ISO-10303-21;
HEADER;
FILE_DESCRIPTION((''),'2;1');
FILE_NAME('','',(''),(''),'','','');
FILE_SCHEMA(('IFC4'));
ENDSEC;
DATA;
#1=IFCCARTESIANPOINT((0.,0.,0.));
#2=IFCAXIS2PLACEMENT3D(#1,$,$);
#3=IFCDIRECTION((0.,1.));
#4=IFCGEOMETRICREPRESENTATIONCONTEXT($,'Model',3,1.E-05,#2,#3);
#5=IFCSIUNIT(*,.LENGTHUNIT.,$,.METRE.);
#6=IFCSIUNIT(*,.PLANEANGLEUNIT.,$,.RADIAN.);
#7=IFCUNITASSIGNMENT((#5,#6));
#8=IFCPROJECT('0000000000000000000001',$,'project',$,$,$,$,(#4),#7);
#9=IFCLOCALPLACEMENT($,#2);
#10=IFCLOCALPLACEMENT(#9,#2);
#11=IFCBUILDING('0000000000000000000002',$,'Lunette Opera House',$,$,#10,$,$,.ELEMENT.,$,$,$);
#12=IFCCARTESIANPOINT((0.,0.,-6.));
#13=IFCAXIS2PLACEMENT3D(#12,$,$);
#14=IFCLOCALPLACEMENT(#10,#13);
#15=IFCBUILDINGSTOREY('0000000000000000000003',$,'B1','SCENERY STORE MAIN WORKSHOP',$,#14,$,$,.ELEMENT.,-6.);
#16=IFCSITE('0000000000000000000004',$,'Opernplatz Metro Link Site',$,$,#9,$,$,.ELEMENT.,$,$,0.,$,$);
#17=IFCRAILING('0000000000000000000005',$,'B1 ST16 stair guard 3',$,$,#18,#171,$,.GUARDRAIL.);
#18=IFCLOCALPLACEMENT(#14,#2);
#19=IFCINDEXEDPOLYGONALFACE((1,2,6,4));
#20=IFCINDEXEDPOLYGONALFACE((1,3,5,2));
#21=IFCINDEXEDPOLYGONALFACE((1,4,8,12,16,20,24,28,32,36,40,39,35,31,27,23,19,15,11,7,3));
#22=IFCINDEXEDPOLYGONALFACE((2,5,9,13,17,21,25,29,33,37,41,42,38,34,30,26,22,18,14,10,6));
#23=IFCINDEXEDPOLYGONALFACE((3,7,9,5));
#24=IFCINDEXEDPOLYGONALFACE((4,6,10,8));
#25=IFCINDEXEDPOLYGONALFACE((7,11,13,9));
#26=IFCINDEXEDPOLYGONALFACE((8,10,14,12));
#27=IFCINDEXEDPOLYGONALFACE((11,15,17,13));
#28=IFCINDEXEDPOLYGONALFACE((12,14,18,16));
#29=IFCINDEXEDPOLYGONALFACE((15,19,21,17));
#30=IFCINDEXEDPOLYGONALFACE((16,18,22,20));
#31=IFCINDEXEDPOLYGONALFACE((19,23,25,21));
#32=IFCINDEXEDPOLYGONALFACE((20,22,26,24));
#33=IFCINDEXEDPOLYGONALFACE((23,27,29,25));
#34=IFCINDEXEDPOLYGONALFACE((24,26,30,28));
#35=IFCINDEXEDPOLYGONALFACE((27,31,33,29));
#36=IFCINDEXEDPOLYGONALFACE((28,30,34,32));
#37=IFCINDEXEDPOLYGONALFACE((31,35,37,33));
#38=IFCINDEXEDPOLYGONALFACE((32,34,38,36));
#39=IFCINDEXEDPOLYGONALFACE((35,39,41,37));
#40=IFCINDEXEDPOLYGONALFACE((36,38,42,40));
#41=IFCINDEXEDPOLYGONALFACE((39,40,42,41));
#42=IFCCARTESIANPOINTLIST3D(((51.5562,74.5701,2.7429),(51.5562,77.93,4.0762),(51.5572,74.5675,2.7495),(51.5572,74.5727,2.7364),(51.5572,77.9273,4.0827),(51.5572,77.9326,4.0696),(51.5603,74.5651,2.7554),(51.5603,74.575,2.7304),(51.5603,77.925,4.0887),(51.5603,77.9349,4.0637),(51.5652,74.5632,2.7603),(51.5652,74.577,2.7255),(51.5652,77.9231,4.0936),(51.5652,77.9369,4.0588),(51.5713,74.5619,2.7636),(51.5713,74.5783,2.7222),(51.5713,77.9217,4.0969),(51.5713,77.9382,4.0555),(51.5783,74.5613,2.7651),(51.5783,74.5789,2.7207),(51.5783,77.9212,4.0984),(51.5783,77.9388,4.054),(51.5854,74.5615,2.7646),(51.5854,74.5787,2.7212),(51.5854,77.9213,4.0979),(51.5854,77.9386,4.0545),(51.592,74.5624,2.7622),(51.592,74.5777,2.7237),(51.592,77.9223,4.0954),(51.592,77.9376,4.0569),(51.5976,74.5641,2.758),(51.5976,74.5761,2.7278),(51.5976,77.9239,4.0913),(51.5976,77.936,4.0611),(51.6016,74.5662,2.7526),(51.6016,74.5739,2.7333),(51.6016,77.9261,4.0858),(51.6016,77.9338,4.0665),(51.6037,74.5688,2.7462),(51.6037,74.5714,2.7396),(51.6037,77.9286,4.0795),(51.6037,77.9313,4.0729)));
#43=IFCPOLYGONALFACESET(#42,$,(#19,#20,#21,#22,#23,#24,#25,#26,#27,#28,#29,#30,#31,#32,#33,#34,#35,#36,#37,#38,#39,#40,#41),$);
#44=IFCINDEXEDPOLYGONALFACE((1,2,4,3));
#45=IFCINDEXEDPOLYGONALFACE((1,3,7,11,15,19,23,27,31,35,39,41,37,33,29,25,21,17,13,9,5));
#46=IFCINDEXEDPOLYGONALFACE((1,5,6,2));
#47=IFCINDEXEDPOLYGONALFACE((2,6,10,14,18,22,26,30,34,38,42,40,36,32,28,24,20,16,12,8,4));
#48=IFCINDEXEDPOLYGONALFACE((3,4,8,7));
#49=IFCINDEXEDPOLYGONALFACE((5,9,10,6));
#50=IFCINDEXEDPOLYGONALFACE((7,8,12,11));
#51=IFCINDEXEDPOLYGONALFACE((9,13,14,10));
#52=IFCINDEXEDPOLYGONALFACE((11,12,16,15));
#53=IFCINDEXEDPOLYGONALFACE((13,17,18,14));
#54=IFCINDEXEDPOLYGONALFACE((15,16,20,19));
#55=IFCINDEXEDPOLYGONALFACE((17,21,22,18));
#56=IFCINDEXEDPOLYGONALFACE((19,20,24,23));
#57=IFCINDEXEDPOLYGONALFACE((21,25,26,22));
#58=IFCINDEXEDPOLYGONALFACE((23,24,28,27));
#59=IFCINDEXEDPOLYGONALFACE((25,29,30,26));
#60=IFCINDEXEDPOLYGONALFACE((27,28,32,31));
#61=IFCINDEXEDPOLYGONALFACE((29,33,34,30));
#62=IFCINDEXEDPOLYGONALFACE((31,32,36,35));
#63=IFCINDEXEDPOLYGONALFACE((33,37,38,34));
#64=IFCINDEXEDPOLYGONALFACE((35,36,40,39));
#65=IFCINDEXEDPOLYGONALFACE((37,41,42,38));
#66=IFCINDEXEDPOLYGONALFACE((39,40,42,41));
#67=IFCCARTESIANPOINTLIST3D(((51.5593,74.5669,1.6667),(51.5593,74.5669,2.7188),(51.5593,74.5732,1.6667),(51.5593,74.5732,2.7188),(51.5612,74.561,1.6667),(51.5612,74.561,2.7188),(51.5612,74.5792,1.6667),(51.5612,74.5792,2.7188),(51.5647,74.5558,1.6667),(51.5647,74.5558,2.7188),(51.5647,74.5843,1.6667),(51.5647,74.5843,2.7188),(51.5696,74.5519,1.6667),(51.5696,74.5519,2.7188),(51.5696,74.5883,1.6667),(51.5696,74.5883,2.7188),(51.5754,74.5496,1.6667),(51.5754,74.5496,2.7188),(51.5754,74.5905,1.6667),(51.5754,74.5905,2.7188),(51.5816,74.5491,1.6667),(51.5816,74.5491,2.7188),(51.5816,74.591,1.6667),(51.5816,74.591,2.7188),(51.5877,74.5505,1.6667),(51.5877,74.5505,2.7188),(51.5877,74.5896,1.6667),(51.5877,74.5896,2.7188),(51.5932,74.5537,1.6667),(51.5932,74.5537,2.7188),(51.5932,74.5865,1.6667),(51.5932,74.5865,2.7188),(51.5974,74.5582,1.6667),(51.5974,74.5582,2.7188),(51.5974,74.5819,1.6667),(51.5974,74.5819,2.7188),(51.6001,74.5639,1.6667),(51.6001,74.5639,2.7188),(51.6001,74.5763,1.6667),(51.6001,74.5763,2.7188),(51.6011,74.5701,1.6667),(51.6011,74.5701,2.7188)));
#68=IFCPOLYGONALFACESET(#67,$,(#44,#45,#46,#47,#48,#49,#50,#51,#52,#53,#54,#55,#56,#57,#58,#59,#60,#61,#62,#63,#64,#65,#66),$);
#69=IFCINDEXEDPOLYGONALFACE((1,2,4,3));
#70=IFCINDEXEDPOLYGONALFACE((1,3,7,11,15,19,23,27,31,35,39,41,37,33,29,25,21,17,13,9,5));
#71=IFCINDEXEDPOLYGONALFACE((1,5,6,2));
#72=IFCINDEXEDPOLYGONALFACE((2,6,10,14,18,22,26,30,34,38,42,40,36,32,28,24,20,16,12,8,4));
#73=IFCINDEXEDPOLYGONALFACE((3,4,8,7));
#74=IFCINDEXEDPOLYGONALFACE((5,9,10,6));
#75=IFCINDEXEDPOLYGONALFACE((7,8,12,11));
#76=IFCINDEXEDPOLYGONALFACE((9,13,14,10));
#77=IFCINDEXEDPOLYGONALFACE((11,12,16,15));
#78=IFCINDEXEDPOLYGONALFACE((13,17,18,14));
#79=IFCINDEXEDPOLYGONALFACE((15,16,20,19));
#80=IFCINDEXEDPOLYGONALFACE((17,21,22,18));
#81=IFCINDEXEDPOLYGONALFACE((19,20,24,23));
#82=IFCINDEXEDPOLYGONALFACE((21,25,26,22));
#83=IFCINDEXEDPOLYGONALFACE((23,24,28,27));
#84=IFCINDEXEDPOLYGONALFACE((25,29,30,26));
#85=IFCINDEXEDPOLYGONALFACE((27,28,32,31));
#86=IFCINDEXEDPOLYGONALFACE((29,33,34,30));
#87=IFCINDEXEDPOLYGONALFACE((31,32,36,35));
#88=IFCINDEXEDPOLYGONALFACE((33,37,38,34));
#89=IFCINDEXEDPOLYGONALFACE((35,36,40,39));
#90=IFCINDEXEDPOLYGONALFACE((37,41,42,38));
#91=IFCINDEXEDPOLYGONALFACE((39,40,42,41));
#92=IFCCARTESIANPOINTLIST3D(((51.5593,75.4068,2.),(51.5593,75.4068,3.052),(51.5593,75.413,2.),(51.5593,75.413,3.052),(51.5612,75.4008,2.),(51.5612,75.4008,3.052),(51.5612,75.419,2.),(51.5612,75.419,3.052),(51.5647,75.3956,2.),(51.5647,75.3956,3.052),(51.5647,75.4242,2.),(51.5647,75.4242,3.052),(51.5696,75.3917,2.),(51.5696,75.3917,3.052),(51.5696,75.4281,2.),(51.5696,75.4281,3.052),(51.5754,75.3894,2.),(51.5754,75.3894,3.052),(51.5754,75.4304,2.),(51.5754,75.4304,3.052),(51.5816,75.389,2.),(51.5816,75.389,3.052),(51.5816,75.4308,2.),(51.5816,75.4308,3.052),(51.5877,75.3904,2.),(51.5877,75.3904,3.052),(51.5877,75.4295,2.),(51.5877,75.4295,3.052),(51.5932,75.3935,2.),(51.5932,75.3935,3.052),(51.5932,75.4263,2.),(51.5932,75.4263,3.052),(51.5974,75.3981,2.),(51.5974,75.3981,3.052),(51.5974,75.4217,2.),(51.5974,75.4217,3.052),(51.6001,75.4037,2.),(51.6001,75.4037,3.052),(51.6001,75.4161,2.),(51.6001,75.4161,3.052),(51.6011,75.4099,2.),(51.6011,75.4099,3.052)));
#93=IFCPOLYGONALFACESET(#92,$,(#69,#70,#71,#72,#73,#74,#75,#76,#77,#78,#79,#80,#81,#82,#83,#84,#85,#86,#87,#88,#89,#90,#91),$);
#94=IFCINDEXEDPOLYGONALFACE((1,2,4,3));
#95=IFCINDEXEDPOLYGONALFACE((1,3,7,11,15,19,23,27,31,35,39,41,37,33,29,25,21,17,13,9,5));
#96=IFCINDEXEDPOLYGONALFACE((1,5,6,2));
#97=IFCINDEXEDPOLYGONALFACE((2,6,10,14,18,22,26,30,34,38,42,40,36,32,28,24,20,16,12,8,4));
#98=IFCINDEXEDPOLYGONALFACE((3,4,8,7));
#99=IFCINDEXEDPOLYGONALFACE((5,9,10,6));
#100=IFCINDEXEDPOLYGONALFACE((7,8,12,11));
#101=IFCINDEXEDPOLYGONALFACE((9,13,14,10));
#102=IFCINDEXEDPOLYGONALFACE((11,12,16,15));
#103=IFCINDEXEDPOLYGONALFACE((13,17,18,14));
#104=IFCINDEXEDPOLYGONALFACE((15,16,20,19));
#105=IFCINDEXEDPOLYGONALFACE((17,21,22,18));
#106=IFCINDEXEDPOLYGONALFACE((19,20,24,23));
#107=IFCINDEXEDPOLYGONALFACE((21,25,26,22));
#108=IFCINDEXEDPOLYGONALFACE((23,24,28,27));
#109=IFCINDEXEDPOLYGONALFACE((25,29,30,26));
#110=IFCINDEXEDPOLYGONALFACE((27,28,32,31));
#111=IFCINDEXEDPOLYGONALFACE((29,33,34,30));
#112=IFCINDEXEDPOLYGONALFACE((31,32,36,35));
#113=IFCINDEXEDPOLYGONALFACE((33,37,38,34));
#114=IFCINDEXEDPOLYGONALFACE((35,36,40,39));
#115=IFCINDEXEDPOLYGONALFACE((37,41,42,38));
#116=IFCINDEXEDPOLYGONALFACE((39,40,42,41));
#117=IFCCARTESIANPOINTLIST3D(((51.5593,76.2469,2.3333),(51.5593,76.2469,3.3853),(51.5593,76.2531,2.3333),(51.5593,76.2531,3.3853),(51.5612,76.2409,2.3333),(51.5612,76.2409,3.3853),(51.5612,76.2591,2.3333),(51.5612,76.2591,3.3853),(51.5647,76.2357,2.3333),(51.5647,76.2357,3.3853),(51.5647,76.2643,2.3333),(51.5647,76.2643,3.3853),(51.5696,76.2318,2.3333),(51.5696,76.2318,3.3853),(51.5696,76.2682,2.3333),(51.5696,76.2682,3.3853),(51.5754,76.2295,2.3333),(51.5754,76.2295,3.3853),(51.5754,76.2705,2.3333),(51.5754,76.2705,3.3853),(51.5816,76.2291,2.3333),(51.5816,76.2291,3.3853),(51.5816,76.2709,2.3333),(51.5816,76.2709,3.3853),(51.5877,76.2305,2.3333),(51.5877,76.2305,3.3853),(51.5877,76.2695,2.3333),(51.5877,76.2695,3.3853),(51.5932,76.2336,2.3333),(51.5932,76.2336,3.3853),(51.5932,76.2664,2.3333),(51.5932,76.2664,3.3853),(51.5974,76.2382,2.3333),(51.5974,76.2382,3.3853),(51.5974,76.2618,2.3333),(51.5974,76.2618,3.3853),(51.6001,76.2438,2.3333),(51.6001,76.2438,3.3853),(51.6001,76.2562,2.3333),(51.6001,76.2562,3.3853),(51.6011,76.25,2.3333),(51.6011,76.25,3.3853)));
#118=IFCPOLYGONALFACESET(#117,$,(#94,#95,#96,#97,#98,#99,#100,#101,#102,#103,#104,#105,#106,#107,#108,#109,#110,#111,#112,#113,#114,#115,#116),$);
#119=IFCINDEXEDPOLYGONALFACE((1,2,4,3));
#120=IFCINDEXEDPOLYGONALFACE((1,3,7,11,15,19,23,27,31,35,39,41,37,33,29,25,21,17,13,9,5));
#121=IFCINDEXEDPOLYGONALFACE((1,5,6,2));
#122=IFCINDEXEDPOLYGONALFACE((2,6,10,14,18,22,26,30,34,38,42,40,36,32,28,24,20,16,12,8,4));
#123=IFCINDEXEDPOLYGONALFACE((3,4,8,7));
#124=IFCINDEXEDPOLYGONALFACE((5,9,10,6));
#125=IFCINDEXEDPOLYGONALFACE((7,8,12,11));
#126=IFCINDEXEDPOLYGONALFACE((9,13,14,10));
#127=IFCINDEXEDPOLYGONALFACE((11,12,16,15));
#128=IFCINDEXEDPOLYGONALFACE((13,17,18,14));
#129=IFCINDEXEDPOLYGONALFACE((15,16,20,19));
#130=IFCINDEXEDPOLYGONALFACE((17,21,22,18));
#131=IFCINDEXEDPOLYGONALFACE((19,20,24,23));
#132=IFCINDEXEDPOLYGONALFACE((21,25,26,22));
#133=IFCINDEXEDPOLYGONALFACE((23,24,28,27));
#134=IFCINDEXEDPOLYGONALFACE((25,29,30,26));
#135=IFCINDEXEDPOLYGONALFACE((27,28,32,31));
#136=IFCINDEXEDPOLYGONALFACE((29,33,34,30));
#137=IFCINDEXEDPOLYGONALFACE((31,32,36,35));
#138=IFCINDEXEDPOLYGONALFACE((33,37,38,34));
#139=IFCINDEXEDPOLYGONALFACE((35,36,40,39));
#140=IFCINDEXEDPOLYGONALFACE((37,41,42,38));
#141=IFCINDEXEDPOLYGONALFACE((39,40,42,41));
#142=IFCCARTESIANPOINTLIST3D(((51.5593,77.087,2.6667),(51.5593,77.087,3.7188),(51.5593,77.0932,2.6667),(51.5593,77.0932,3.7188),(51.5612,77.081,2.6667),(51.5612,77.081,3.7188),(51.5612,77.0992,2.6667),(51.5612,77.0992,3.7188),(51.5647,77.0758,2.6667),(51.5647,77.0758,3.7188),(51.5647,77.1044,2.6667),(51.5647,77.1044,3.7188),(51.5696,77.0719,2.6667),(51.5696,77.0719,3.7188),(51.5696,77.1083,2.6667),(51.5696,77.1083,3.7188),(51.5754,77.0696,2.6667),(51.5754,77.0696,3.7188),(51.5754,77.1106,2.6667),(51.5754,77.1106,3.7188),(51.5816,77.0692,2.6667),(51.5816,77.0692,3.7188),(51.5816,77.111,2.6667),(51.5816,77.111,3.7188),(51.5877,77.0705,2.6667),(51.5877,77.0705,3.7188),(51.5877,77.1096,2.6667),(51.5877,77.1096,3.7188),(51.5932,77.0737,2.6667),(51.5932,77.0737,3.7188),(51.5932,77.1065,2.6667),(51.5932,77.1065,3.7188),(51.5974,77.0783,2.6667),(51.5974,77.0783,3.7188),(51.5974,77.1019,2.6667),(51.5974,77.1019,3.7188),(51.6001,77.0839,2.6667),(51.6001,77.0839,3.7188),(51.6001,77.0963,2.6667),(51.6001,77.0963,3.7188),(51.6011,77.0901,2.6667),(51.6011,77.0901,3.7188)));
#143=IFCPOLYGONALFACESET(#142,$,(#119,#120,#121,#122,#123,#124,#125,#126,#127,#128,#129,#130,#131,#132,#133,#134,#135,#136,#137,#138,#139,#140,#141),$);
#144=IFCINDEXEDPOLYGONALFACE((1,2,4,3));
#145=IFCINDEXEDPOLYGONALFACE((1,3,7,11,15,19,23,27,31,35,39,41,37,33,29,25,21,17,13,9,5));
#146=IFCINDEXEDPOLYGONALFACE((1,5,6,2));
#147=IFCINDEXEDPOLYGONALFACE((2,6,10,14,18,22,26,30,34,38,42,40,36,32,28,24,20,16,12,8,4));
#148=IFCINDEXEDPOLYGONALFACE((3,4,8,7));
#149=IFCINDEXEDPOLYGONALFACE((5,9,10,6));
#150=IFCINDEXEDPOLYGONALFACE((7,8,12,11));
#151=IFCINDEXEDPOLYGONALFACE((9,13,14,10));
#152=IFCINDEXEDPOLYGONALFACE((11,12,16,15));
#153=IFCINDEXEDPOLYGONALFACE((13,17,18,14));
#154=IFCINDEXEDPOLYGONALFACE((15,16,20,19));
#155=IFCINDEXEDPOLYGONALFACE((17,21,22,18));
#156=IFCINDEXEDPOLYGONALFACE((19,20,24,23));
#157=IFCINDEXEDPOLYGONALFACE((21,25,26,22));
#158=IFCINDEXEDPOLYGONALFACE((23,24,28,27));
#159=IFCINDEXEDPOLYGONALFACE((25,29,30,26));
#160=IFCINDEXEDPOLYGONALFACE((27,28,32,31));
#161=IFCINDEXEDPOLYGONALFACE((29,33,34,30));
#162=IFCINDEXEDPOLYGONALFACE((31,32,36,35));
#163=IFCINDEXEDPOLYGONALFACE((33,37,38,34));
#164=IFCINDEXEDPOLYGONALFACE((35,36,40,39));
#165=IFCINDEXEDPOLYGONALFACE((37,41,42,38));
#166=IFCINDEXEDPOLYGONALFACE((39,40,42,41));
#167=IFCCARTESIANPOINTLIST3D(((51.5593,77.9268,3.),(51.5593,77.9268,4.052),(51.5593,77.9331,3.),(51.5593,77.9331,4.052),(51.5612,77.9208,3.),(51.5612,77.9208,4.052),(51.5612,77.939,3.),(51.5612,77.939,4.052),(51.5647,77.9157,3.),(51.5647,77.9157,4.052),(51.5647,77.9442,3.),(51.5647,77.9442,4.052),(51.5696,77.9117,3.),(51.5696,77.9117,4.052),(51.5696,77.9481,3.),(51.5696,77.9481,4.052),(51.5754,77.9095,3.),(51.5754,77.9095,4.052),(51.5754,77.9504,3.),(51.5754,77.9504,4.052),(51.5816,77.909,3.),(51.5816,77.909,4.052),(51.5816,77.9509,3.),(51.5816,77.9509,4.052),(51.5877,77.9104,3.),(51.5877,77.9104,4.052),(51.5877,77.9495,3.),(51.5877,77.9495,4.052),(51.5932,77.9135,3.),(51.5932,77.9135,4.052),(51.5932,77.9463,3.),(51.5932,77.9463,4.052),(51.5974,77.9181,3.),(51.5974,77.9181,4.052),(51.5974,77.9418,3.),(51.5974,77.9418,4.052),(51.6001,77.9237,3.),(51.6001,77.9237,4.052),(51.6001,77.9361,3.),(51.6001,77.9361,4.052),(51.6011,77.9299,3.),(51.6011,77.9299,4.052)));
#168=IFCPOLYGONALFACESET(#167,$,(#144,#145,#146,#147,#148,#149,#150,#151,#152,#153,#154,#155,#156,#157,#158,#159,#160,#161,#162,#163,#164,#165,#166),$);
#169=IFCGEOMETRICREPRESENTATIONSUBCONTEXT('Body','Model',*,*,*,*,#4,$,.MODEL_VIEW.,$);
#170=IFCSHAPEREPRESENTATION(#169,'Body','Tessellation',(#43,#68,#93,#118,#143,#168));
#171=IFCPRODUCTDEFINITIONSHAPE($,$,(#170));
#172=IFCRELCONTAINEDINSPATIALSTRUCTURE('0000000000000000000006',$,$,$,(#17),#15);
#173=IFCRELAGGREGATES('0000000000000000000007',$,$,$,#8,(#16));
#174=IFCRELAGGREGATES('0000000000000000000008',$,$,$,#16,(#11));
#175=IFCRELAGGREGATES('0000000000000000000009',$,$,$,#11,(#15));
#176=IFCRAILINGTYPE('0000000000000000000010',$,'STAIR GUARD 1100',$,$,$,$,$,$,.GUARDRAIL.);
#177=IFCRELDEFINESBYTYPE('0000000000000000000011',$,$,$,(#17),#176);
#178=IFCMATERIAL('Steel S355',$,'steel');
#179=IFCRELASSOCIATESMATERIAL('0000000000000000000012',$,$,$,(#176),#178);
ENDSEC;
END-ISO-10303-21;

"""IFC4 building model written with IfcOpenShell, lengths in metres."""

from ifc_helpers import new_model, si_unit, direction, frame, origin, origin_2d, place, context, subcontext, project, spatial, circle, extrude, material, type_object, element, save


model = new_model("IFC4")

# Units and contexts
model_context = context("Model", 3, precision=1e-05, world=origin(), true_north=direction((0.0, 1.0)))
body_context = subcontext(model_context, "Body", "Model", "MODEL_VIEW")
ifc_project = project(units=[si_unit("LENGTHUNIT", "METRE"), si_unit("PLANEANGLEUNIT", "RADIAN")], contexts=[model_context])

# Site, building, storey
site_placement = place(None, origin())
site = spatial("IfcSite", under=ifc_project, at=site_placement, Name="Opernplatz Metro Link Site", CompositionType="ELEMENT", RefElevation=0.0)
building_placement = place(site_placement, origin())
building = spatial("IfcBuilding", under=site, at=building_placement, Name="Lunette Opera House", CompositionType="ELEMENT")
storey_placement = place(building_placement, frame((0.0, 0.0, -6.0)))
storey = spatial("IfcBuildingStorey", under=building, at=storey_placement, Name="B1", Description="SCENERY STORE MAIN WORKSHOP", CompositionType="ELEMENT", Elevation=-6.0)

# Railing
ifc_material_1 = material(Name="Steel S355", Category="steel")
railing_type_1 = type_object("IfcRailingType", Name="STAIR GUARD 1100", PredefinedType="GUARDRAIL", material=ifc_material_1)
railing_1_placement = place(storey_placement, frame((51.5801, 74.5701, 1.6667)))
element("IfcRailing", 1, at=railing_1_placement, inside=storey, type_object=railing_type_1, Name="B1 ST16 stair guard 3", PredefinedType="GUARDRAIL", context=body_context, shape_type="SweptSolid", body=[
    extrude(circle(Radius=0.0239, at=origin_2d()), frame((0.0, 0.0, 1.0762), z_axis=(0.0, 0.929493, 0.368839), x_axis=(-1.0, 0.0, 0.0)), (0.0, 0.0, 1.0), 3.6147),
    extrude(circle(Radius=0.021, at=origin_2d()), origin(), (0.0, 0.0, 1.0), 1.052),
    extrude(circle(Radius=0.021, at=origin_2d()), frame((0.0, 0.8398, 0.3333)), (0.0, 0.0, 1.0), 1.052),
    extrude(circle(Radius=0.021, at=origin_2d()), frame((0.0, 1.6799, 0.6665)), (0.0, 0.0, 1.0), 1.052),
    extrude(circle(Radius=0.021, at=origin_2d()), frame((0.0, 2.52, 1.0)), (0.0, 0.0, 1.0), 1.052),
    extrude(circle(Radius=0.021, at=origin_2d()), frame((0.0, 3.3599, 1.3333)), (0.0, 0.0, 1.0), 1.052),
])

save(model, "model.ifc")
